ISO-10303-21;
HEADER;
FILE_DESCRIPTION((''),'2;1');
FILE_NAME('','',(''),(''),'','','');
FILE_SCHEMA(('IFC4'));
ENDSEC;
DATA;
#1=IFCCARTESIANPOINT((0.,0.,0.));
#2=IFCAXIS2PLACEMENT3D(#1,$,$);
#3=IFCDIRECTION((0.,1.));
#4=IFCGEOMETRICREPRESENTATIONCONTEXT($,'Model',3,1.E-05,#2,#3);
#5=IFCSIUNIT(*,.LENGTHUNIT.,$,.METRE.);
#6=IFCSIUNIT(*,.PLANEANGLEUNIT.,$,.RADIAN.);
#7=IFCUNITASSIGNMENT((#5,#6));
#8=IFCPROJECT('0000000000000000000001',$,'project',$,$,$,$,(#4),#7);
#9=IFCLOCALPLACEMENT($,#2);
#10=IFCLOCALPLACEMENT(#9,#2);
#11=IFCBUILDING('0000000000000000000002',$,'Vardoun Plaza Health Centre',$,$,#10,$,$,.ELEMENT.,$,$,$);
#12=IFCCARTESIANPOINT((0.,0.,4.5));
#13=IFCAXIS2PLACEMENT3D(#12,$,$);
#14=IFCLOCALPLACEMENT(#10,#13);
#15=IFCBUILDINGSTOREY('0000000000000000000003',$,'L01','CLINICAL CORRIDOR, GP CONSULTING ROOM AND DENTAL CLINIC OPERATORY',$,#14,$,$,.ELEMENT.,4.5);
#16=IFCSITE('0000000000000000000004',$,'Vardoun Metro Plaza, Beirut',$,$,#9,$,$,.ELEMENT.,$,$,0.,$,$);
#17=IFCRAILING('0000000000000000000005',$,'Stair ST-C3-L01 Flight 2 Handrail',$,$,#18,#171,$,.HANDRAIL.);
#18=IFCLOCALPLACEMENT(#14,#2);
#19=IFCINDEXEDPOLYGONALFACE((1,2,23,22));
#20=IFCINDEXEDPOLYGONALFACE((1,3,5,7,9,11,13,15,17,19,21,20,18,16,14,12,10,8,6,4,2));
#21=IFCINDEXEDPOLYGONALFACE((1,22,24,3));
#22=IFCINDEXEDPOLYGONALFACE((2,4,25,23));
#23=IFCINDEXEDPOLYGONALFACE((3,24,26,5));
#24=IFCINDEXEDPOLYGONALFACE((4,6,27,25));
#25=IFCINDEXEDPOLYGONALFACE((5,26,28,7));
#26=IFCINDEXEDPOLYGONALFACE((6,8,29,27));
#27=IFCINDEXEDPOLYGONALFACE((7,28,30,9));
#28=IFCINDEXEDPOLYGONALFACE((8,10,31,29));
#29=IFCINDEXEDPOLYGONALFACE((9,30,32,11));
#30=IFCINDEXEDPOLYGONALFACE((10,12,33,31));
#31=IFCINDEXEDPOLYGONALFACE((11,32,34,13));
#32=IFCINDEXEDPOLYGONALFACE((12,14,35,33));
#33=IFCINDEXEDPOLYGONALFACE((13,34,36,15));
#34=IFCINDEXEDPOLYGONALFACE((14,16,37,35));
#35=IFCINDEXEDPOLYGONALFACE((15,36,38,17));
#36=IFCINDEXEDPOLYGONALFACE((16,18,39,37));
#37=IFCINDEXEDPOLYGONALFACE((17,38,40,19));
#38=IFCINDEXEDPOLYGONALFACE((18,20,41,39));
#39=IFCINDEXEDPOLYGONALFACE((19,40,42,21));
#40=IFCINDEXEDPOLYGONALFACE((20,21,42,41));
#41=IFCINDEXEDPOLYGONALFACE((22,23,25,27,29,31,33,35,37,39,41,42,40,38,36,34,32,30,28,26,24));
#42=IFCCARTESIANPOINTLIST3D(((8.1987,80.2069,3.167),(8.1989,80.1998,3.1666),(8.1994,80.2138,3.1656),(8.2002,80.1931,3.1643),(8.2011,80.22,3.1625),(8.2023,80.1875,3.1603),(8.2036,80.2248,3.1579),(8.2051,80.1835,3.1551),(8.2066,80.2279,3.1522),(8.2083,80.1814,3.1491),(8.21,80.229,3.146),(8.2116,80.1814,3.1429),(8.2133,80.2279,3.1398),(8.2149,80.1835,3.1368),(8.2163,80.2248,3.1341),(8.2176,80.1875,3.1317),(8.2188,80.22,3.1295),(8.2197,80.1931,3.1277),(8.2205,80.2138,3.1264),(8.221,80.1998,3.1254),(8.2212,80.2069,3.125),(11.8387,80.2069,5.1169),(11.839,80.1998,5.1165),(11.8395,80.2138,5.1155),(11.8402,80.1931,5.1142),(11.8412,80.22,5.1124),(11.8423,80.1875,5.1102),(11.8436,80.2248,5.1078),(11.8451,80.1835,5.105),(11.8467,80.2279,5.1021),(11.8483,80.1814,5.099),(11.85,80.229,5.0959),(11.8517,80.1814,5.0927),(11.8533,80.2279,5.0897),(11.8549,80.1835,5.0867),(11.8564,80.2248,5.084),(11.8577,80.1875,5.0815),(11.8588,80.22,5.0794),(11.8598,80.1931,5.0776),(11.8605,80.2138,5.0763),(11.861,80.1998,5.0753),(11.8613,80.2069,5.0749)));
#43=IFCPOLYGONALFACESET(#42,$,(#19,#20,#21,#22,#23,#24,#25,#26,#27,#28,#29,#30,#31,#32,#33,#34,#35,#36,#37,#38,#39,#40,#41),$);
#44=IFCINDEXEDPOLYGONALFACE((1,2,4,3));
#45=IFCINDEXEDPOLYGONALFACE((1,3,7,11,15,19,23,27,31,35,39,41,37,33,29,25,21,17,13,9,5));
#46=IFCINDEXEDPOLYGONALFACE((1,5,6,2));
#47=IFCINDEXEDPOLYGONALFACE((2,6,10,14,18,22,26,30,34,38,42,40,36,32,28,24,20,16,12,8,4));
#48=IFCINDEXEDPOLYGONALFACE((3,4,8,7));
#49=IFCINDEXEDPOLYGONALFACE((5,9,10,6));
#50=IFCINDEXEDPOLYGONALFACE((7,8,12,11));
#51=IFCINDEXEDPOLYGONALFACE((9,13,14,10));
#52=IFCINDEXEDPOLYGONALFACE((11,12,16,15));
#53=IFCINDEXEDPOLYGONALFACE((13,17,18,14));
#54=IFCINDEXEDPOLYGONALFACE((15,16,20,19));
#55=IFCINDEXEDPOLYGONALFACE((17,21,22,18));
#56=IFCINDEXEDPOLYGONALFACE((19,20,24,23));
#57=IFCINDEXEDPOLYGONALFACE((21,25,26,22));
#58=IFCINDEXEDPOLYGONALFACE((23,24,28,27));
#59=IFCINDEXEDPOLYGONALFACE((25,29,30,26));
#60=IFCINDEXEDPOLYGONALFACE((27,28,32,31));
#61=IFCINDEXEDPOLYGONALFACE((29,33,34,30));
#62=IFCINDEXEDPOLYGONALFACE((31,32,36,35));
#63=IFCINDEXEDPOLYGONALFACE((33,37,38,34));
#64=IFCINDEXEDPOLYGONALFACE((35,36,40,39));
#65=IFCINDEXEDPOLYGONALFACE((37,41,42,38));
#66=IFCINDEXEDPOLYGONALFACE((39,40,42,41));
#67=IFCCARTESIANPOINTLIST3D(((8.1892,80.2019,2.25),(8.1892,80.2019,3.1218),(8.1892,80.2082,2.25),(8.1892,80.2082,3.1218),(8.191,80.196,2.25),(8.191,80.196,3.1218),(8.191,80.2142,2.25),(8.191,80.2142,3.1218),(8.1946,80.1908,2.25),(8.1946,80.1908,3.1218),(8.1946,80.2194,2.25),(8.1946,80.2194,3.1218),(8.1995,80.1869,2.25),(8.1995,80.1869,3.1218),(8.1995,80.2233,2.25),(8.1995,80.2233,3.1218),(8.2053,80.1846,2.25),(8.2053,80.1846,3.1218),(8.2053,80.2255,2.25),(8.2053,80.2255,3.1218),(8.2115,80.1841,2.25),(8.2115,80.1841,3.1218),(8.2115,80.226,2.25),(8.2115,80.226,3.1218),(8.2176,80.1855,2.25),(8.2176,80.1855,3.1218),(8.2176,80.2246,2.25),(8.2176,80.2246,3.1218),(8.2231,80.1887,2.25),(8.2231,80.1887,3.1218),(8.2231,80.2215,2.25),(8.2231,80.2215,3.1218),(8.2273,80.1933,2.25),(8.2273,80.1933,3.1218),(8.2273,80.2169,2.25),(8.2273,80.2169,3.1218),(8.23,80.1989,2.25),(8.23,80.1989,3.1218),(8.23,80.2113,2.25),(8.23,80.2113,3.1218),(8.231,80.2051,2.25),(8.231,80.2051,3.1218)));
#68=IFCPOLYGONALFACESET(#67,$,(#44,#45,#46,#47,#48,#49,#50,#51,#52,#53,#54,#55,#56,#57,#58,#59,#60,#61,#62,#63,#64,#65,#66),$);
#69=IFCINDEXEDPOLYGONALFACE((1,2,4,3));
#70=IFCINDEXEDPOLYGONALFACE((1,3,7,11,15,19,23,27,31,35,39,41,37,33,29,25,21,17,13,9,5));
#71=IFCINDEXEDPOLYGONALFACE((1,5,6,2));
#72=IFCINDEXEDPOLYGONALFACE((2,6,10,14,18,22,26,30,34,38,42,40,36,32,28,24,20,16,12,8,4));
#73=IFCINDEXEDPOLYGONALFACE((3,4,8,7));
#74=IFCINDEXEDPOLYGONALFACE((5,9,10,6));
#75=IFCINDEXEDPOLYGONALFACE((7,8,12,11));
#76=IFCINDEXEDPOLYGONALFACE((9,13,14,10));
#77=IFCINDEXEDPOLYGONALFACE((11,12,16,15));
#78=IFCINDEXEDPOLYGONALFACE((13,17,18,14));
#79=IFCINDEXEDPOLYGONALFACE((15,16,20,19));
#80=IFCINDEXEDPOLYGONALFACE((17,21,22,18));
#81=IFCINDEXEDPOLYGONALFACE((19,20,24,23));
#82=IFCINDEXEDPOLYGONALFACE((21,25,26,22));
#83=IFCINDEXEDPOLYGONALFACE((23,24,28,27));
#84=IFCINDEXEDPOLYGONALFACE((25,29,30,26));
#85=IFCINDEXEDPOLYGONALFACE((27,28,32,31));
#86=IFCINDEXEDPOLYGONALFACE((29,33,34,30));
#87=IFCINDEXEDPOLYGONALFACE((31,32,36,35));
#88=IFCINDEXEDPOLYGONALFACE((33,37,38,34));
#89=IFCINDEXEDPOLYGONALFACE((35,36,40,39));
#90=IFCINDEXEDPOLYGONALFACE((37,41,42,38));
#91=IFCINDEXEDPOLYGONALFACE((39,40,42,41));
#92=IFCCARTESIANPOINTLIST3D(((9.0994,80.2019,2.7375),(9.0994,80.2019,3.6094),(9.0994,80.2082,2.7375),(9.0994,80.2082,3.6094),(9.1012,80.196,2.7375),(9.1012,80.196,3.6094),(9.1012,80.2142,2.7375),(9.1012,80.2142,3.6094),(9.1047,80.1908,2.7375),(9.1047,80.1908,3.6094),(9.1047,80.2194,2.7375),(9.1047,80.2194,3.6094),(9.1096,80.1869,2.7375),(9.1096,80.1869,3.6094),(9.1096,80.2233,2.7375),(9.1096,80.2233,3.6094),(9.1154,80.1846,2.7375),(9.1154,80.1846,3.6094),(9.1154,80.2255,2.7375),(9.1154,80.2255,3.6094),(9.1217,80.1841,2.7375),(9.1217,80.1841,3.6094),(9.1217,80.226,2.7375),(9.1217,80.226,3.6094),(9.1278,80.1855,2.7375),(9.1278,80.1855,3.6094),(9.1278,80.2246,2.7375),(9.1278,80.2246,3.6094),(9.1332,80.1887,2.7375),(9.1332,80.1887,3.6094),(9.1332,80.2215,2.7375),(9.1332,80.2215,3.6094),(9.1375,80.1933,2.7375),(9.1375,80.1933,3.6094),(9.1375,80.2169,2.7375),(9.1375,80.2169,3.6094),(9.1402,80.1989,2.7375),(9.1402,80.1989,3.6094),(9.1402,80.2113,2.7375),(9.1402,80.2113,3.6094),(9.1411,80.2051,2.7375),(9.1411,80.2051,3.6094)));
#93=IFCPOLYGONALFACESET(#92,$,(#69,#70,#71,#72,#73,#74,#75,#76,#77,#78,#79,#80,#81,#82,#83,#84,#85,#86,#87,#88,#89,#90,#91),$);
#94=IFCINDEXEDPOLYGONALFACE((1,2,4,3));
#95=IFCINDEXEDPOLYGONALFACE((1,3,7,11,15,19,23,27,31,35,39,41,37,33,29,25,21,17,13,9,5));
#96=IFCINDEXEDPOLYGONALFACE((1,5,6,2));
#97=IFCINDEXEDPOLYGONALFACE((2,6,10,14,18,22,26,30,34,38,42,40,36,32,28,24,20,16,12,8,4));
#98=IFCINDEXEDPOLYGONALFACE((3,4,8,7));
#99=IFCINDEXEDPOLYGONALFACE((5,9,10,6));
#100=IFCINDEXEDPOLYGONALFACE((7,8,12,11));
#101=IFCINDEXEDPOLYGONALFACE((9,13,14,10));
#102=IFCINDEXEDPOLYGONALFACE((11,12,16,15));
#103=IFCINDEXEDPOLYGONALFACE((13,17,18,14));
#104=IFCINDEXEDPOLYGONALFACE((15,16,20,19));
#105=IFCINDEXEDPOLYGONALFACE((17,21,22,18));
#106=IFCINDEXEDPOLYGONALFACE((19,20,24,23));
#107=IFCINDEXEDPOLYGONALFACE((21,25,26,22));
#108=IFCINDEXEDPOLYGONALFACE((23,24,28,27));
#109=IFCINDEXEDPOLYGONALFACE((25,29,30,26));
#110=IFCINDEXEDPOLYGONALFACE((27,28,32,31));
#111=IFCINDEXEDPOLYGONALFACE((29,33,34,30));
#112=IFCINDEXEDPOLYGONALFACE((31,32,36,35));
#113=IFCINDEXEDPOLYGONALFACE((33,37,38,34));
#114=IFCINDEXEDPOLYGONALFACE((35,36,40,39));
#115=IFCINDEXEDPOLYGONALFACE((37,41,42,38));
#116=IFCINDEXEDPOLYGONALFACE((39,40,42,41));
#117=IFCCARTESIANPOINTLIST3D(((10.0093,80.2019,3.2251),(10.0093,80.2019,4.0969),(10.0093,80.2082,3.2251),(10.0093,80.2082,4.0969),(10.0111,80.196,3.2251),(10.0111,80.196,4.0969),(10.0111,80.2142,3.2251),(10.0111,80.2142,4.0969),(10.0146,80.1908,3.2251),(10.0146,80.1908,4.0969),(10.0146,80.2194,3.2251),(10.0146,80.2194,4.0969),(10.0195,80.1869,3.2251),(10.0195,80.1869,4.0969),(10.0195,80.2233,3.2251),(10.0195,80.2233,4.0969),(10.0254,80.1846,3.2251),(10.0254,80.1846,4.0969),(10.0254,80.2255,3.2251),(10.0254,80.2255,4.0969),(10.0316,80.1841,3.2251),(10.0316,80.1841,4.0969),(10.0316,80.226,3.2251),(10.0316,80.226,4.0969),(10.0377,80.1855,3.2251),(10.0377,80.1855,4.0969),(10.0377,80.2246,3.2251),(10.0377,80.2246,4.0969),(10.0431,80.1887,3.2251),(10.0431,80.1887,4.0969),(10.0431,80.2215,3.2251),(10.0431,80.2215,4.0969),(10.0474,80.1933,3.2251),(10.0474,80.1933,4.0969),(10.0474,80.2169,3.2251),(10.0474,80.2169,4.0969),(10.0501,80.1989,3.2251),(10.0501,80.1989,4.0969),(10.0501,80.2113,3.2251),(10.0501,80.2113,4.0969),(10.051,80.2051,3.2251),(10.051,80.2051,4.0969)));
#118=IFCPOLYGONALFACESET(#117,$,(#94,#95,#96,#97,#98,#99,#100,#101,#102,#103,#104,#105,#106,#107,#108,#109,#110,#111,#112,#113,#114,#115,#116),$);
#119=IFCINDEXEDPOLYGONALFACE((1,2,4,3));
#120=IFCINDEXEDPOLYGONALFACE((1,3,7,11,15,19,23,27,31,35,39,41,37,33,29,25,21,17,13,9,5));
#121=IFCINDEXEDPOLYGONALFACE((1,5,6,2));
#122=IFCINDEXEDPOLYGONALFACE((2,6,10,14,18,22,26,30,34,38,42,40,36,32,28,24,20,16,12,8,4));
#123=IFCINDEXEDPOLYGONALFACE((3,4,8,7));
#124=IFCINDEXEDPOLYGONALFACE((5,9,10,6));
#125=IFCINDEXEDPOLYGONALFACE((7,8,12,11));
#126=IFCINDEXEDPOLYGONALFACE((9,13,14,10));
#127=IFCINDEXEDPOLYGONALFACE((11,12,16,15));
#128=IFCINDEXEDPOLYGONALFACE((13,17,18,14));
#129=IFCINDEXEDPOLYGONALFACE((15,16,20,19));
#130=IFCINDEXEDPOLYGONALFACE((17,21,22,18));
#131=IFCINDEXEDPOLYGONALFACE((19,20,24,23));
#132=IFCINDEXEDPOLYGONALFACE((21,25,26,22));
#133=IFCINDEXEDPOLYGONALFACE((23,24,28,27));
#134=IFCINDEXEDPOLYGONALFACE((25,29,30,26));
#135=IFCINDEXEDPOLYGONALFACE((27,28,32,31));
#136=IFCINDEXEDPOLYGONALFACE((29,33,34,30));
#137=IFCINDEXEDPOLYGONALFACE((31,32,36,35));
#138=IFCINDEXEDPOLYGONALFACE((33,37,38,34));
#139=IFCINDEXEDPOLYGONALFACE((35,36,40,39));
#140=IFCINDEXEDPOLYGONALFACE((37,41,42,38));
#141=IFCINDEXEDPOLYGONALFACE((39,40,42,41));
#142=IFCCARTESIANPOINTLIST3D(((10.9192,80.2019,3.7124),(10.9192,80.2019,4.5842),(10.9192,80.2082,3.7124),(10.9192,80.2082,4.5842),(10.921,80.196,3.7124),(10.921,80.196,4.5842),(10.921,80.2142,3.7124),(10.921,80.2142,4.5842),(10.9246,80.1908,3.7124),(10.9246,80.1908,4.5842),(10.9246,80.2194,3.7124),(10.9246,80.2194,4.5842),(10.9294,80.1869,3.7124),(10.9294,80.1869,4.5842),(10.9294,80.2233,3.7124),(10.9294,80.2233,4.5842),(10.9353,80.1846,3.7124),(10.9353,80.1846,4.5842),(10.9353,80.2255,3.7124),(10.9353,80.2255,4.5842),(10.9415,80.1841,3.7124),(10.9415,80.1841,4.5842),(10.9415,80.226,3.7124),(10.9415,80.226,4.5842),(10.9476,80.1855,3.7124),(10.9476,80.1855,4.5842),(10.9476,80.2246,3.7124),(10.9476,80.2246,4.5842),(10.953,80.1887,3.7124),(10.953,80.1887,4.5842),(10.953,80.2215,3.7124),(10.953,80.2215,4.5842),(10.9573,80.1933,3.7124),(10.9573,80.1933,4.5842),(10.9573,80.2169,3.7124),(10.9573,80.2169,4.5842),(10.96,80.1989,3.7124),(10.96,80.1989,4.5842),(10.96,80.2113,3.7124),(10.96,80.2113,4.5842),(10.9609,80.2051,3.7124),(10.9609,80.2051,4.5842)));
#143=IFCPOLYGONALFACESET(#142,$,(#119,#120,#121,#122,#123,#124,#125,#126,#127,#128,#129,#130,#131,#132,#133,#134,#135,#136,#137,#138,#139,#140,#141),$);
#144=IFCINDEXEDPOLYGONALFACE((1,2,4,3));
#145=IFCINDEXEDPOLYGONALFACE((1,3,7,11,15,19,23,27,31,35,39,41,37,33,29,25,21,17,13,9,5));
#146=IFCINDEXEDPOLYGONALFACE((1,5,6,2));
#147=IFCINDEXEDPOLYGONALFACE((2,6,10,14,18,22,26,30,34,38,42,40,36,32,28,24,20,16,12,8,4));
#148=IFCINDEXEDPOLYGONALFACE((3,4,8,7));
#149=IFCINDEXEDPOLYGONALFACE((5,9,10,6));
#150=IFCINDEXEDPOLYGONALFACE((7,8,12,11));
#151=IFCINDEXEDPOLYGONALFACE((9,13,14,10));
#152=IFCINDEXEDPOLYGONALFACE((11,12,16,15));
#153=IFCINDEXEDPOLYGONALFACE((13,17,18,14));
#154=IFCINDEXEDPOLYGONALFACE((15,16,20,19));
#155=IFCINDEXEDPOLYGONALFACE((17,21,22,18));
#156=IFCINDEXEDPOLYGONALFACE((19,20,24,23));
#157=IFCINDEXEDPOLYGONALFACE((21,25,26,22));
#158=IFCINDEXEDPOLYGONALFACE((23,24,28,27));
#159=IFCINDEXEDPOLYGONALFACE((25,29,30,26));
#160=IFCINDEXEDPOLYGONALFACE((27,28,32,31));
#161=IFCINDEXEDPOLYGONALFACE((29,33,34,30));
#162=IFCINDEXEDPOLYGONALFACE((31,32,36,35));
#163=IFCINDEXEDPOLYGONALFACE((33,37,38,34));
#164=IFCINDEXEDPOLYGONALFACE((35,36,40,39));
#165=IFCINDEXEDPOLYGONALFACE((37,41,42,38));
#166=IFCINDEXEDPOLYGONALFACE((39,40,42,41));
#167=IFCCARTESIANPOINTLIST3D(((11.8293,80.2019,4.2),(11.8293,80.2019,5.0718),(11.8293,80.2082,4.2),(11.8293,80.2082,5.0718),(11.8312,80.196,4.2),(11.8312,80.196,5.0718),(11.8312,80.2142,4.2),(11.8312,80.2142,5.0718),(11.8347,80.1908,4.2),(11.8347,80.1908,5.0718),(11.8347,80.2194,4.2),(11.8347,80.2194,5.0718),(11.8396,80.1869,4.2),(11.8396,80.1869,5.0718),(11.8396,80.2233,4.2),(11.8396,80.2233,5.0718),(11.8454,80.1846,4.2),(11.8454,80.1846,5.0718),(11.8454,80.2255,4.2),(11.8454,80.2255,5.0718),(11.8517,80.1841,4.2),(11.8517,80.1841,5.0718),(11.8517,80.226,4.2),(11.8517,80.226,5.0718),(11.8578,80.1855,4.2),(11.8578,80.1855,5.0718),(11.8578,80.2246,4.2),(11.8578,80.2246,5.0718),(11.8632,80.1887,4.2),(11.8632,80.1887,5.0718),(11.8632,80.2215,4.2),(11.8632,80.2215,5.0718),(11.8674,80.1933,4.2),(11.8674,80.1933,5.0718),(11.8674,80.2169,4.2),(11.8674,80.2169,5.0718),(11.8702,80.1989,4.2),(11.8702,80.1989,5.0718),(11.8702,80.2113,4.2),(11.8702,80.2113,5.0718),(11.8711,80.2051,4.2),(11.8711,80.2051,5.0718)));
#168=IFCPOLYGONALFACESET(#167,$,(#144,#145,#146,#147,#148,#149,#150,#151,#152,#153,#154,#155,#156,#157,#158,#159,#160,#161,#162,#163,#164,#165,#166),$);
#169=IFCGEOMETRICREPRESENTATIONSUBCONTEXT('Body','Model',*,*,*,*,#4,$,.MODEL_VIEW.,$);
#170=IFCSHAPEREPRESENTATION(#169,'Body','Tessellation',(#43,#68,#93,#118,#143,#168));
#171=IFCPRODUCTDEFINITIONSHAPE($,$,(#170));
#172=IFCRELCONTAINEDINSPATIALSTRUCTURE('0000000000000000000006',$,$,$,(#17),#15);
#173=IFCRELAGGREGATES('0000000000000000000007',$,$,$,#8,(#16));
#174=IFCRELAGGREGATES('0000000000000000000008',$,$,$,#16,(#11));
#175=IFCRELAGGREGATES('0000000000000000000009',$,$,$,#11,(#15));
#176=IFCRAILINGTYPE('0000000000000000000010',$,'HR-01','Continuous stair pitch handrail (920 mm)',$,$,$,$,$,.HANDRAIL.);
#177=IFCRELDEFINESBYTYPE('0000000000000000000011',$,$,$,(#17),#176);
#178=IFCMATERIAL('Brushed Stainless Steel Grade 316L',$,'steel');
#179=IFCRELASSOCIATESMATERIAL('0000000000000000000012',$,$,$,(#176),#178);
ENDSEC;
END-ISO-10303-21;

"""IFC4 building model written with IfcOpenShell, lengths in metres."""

from ifc_helpers import new_model, si_unit, direction, frame, origin, origin_2d, place, context, subcontext, project, spatial, circle, extrude, material, type_object, element, save


model = new_model("IFC4")

# Units and contexts
model_context = context("Model", 3, precision=1e-05, world=origin(), true_north=direction((0.0, 1.0)))
body_context = subcontext(model_context, "Body", "Model", "MODEL_VIEW")
ifc_project = project(units=[si_unit("LENGTHUNIT", "METRE"), si_unit("PLANEANGLEUNIT", "RADIAN")], contexts=[model_context])

# Site, building, storey
site_placement = place(None, origin())
site = spatial("IfcSite", under=ifc_project, at=site_placement, Name="Vardoun Metro Plaza, Beirut", CompositionType="ELEMENT", RefElevation=0.0)
building_placement = place(site_placement, origin())
building = spatial("IfcBuilding", under=site, at=building_placement, Name="Vardoun Plaza Health Centre", CompositionType="ELEMENT")
storey_placement = place(building_placement, frame((0.0, 0.0, 4.5)))
storey = spatial("IfcBuildingStorey", under=building, at=storey_placement, Name="L01", Description="CLINICAL CORRIDOR, GP CONSULTING ROOM AND DENTAL CLINIC OPERATORY", CompositionType="ELEMENT", Elevation=4.5)

# Railing
ifc_material_1 = material(Name="Brushed Stainless Steel Grade 316L", Category="steel")
railing_type_1 = type_object("IfcRailingType", Name="HR-01", Description="Continuous stair pitch handrail (920 mm)", PredefinedType="HANDRAIL", material=ifc_material_1)
railing_1_placement = place(storey_placement, frame((8.21, 80.2051, 2.25)))
element("IfcRailing", 1, at=railing_1_placement, inside=storey, type_object=railing_type_1, Name="Stair ST-C3-L01 Flight 2 Handrail", PredefinedType="HANDRAIL", context=body_context, shape_type="SweptSolid", body=[
    extrude(circle(Radius=0.0239, at=origin_2d()), frame((0.0, 0.0, 0.896), z_axis=(0.881492, 0.0, 0.472198), x_axis=(0.0, 1.0, 0.0)), (0.0, 0.0, 1.0), 4.1294),
    extrude(circle(Radius=0.021, at=origin_2d()), origin(), (0.0, 0.0, 1.0), 0.8718),
    extrude(circle(Radius=0.021, at=origin_2d()), frame((0.9102, 0.0, 0.4875)), (0.0, 0.0, 1.0), 0.8718),
    extrude(circle(Radius=0.021, at=origin_2d()), frame((1.8201, 0.0, 0.9751)), (0.0, 0.0, 1.0), 0.8718),
    extrude(circle(Radius=0.021, at=origin_2d()), frame((2.73, 0.0, 1.4624)), (0.0, 0.0, 1.0), 0.8718),
    extrude(circle(Radius=0.021, at=origin_2d()), frame((3.6401, 0.0, 1.95)), (0.0, 0.0, 1.0), 0.8718),
])

save(model, "model.ifc")
